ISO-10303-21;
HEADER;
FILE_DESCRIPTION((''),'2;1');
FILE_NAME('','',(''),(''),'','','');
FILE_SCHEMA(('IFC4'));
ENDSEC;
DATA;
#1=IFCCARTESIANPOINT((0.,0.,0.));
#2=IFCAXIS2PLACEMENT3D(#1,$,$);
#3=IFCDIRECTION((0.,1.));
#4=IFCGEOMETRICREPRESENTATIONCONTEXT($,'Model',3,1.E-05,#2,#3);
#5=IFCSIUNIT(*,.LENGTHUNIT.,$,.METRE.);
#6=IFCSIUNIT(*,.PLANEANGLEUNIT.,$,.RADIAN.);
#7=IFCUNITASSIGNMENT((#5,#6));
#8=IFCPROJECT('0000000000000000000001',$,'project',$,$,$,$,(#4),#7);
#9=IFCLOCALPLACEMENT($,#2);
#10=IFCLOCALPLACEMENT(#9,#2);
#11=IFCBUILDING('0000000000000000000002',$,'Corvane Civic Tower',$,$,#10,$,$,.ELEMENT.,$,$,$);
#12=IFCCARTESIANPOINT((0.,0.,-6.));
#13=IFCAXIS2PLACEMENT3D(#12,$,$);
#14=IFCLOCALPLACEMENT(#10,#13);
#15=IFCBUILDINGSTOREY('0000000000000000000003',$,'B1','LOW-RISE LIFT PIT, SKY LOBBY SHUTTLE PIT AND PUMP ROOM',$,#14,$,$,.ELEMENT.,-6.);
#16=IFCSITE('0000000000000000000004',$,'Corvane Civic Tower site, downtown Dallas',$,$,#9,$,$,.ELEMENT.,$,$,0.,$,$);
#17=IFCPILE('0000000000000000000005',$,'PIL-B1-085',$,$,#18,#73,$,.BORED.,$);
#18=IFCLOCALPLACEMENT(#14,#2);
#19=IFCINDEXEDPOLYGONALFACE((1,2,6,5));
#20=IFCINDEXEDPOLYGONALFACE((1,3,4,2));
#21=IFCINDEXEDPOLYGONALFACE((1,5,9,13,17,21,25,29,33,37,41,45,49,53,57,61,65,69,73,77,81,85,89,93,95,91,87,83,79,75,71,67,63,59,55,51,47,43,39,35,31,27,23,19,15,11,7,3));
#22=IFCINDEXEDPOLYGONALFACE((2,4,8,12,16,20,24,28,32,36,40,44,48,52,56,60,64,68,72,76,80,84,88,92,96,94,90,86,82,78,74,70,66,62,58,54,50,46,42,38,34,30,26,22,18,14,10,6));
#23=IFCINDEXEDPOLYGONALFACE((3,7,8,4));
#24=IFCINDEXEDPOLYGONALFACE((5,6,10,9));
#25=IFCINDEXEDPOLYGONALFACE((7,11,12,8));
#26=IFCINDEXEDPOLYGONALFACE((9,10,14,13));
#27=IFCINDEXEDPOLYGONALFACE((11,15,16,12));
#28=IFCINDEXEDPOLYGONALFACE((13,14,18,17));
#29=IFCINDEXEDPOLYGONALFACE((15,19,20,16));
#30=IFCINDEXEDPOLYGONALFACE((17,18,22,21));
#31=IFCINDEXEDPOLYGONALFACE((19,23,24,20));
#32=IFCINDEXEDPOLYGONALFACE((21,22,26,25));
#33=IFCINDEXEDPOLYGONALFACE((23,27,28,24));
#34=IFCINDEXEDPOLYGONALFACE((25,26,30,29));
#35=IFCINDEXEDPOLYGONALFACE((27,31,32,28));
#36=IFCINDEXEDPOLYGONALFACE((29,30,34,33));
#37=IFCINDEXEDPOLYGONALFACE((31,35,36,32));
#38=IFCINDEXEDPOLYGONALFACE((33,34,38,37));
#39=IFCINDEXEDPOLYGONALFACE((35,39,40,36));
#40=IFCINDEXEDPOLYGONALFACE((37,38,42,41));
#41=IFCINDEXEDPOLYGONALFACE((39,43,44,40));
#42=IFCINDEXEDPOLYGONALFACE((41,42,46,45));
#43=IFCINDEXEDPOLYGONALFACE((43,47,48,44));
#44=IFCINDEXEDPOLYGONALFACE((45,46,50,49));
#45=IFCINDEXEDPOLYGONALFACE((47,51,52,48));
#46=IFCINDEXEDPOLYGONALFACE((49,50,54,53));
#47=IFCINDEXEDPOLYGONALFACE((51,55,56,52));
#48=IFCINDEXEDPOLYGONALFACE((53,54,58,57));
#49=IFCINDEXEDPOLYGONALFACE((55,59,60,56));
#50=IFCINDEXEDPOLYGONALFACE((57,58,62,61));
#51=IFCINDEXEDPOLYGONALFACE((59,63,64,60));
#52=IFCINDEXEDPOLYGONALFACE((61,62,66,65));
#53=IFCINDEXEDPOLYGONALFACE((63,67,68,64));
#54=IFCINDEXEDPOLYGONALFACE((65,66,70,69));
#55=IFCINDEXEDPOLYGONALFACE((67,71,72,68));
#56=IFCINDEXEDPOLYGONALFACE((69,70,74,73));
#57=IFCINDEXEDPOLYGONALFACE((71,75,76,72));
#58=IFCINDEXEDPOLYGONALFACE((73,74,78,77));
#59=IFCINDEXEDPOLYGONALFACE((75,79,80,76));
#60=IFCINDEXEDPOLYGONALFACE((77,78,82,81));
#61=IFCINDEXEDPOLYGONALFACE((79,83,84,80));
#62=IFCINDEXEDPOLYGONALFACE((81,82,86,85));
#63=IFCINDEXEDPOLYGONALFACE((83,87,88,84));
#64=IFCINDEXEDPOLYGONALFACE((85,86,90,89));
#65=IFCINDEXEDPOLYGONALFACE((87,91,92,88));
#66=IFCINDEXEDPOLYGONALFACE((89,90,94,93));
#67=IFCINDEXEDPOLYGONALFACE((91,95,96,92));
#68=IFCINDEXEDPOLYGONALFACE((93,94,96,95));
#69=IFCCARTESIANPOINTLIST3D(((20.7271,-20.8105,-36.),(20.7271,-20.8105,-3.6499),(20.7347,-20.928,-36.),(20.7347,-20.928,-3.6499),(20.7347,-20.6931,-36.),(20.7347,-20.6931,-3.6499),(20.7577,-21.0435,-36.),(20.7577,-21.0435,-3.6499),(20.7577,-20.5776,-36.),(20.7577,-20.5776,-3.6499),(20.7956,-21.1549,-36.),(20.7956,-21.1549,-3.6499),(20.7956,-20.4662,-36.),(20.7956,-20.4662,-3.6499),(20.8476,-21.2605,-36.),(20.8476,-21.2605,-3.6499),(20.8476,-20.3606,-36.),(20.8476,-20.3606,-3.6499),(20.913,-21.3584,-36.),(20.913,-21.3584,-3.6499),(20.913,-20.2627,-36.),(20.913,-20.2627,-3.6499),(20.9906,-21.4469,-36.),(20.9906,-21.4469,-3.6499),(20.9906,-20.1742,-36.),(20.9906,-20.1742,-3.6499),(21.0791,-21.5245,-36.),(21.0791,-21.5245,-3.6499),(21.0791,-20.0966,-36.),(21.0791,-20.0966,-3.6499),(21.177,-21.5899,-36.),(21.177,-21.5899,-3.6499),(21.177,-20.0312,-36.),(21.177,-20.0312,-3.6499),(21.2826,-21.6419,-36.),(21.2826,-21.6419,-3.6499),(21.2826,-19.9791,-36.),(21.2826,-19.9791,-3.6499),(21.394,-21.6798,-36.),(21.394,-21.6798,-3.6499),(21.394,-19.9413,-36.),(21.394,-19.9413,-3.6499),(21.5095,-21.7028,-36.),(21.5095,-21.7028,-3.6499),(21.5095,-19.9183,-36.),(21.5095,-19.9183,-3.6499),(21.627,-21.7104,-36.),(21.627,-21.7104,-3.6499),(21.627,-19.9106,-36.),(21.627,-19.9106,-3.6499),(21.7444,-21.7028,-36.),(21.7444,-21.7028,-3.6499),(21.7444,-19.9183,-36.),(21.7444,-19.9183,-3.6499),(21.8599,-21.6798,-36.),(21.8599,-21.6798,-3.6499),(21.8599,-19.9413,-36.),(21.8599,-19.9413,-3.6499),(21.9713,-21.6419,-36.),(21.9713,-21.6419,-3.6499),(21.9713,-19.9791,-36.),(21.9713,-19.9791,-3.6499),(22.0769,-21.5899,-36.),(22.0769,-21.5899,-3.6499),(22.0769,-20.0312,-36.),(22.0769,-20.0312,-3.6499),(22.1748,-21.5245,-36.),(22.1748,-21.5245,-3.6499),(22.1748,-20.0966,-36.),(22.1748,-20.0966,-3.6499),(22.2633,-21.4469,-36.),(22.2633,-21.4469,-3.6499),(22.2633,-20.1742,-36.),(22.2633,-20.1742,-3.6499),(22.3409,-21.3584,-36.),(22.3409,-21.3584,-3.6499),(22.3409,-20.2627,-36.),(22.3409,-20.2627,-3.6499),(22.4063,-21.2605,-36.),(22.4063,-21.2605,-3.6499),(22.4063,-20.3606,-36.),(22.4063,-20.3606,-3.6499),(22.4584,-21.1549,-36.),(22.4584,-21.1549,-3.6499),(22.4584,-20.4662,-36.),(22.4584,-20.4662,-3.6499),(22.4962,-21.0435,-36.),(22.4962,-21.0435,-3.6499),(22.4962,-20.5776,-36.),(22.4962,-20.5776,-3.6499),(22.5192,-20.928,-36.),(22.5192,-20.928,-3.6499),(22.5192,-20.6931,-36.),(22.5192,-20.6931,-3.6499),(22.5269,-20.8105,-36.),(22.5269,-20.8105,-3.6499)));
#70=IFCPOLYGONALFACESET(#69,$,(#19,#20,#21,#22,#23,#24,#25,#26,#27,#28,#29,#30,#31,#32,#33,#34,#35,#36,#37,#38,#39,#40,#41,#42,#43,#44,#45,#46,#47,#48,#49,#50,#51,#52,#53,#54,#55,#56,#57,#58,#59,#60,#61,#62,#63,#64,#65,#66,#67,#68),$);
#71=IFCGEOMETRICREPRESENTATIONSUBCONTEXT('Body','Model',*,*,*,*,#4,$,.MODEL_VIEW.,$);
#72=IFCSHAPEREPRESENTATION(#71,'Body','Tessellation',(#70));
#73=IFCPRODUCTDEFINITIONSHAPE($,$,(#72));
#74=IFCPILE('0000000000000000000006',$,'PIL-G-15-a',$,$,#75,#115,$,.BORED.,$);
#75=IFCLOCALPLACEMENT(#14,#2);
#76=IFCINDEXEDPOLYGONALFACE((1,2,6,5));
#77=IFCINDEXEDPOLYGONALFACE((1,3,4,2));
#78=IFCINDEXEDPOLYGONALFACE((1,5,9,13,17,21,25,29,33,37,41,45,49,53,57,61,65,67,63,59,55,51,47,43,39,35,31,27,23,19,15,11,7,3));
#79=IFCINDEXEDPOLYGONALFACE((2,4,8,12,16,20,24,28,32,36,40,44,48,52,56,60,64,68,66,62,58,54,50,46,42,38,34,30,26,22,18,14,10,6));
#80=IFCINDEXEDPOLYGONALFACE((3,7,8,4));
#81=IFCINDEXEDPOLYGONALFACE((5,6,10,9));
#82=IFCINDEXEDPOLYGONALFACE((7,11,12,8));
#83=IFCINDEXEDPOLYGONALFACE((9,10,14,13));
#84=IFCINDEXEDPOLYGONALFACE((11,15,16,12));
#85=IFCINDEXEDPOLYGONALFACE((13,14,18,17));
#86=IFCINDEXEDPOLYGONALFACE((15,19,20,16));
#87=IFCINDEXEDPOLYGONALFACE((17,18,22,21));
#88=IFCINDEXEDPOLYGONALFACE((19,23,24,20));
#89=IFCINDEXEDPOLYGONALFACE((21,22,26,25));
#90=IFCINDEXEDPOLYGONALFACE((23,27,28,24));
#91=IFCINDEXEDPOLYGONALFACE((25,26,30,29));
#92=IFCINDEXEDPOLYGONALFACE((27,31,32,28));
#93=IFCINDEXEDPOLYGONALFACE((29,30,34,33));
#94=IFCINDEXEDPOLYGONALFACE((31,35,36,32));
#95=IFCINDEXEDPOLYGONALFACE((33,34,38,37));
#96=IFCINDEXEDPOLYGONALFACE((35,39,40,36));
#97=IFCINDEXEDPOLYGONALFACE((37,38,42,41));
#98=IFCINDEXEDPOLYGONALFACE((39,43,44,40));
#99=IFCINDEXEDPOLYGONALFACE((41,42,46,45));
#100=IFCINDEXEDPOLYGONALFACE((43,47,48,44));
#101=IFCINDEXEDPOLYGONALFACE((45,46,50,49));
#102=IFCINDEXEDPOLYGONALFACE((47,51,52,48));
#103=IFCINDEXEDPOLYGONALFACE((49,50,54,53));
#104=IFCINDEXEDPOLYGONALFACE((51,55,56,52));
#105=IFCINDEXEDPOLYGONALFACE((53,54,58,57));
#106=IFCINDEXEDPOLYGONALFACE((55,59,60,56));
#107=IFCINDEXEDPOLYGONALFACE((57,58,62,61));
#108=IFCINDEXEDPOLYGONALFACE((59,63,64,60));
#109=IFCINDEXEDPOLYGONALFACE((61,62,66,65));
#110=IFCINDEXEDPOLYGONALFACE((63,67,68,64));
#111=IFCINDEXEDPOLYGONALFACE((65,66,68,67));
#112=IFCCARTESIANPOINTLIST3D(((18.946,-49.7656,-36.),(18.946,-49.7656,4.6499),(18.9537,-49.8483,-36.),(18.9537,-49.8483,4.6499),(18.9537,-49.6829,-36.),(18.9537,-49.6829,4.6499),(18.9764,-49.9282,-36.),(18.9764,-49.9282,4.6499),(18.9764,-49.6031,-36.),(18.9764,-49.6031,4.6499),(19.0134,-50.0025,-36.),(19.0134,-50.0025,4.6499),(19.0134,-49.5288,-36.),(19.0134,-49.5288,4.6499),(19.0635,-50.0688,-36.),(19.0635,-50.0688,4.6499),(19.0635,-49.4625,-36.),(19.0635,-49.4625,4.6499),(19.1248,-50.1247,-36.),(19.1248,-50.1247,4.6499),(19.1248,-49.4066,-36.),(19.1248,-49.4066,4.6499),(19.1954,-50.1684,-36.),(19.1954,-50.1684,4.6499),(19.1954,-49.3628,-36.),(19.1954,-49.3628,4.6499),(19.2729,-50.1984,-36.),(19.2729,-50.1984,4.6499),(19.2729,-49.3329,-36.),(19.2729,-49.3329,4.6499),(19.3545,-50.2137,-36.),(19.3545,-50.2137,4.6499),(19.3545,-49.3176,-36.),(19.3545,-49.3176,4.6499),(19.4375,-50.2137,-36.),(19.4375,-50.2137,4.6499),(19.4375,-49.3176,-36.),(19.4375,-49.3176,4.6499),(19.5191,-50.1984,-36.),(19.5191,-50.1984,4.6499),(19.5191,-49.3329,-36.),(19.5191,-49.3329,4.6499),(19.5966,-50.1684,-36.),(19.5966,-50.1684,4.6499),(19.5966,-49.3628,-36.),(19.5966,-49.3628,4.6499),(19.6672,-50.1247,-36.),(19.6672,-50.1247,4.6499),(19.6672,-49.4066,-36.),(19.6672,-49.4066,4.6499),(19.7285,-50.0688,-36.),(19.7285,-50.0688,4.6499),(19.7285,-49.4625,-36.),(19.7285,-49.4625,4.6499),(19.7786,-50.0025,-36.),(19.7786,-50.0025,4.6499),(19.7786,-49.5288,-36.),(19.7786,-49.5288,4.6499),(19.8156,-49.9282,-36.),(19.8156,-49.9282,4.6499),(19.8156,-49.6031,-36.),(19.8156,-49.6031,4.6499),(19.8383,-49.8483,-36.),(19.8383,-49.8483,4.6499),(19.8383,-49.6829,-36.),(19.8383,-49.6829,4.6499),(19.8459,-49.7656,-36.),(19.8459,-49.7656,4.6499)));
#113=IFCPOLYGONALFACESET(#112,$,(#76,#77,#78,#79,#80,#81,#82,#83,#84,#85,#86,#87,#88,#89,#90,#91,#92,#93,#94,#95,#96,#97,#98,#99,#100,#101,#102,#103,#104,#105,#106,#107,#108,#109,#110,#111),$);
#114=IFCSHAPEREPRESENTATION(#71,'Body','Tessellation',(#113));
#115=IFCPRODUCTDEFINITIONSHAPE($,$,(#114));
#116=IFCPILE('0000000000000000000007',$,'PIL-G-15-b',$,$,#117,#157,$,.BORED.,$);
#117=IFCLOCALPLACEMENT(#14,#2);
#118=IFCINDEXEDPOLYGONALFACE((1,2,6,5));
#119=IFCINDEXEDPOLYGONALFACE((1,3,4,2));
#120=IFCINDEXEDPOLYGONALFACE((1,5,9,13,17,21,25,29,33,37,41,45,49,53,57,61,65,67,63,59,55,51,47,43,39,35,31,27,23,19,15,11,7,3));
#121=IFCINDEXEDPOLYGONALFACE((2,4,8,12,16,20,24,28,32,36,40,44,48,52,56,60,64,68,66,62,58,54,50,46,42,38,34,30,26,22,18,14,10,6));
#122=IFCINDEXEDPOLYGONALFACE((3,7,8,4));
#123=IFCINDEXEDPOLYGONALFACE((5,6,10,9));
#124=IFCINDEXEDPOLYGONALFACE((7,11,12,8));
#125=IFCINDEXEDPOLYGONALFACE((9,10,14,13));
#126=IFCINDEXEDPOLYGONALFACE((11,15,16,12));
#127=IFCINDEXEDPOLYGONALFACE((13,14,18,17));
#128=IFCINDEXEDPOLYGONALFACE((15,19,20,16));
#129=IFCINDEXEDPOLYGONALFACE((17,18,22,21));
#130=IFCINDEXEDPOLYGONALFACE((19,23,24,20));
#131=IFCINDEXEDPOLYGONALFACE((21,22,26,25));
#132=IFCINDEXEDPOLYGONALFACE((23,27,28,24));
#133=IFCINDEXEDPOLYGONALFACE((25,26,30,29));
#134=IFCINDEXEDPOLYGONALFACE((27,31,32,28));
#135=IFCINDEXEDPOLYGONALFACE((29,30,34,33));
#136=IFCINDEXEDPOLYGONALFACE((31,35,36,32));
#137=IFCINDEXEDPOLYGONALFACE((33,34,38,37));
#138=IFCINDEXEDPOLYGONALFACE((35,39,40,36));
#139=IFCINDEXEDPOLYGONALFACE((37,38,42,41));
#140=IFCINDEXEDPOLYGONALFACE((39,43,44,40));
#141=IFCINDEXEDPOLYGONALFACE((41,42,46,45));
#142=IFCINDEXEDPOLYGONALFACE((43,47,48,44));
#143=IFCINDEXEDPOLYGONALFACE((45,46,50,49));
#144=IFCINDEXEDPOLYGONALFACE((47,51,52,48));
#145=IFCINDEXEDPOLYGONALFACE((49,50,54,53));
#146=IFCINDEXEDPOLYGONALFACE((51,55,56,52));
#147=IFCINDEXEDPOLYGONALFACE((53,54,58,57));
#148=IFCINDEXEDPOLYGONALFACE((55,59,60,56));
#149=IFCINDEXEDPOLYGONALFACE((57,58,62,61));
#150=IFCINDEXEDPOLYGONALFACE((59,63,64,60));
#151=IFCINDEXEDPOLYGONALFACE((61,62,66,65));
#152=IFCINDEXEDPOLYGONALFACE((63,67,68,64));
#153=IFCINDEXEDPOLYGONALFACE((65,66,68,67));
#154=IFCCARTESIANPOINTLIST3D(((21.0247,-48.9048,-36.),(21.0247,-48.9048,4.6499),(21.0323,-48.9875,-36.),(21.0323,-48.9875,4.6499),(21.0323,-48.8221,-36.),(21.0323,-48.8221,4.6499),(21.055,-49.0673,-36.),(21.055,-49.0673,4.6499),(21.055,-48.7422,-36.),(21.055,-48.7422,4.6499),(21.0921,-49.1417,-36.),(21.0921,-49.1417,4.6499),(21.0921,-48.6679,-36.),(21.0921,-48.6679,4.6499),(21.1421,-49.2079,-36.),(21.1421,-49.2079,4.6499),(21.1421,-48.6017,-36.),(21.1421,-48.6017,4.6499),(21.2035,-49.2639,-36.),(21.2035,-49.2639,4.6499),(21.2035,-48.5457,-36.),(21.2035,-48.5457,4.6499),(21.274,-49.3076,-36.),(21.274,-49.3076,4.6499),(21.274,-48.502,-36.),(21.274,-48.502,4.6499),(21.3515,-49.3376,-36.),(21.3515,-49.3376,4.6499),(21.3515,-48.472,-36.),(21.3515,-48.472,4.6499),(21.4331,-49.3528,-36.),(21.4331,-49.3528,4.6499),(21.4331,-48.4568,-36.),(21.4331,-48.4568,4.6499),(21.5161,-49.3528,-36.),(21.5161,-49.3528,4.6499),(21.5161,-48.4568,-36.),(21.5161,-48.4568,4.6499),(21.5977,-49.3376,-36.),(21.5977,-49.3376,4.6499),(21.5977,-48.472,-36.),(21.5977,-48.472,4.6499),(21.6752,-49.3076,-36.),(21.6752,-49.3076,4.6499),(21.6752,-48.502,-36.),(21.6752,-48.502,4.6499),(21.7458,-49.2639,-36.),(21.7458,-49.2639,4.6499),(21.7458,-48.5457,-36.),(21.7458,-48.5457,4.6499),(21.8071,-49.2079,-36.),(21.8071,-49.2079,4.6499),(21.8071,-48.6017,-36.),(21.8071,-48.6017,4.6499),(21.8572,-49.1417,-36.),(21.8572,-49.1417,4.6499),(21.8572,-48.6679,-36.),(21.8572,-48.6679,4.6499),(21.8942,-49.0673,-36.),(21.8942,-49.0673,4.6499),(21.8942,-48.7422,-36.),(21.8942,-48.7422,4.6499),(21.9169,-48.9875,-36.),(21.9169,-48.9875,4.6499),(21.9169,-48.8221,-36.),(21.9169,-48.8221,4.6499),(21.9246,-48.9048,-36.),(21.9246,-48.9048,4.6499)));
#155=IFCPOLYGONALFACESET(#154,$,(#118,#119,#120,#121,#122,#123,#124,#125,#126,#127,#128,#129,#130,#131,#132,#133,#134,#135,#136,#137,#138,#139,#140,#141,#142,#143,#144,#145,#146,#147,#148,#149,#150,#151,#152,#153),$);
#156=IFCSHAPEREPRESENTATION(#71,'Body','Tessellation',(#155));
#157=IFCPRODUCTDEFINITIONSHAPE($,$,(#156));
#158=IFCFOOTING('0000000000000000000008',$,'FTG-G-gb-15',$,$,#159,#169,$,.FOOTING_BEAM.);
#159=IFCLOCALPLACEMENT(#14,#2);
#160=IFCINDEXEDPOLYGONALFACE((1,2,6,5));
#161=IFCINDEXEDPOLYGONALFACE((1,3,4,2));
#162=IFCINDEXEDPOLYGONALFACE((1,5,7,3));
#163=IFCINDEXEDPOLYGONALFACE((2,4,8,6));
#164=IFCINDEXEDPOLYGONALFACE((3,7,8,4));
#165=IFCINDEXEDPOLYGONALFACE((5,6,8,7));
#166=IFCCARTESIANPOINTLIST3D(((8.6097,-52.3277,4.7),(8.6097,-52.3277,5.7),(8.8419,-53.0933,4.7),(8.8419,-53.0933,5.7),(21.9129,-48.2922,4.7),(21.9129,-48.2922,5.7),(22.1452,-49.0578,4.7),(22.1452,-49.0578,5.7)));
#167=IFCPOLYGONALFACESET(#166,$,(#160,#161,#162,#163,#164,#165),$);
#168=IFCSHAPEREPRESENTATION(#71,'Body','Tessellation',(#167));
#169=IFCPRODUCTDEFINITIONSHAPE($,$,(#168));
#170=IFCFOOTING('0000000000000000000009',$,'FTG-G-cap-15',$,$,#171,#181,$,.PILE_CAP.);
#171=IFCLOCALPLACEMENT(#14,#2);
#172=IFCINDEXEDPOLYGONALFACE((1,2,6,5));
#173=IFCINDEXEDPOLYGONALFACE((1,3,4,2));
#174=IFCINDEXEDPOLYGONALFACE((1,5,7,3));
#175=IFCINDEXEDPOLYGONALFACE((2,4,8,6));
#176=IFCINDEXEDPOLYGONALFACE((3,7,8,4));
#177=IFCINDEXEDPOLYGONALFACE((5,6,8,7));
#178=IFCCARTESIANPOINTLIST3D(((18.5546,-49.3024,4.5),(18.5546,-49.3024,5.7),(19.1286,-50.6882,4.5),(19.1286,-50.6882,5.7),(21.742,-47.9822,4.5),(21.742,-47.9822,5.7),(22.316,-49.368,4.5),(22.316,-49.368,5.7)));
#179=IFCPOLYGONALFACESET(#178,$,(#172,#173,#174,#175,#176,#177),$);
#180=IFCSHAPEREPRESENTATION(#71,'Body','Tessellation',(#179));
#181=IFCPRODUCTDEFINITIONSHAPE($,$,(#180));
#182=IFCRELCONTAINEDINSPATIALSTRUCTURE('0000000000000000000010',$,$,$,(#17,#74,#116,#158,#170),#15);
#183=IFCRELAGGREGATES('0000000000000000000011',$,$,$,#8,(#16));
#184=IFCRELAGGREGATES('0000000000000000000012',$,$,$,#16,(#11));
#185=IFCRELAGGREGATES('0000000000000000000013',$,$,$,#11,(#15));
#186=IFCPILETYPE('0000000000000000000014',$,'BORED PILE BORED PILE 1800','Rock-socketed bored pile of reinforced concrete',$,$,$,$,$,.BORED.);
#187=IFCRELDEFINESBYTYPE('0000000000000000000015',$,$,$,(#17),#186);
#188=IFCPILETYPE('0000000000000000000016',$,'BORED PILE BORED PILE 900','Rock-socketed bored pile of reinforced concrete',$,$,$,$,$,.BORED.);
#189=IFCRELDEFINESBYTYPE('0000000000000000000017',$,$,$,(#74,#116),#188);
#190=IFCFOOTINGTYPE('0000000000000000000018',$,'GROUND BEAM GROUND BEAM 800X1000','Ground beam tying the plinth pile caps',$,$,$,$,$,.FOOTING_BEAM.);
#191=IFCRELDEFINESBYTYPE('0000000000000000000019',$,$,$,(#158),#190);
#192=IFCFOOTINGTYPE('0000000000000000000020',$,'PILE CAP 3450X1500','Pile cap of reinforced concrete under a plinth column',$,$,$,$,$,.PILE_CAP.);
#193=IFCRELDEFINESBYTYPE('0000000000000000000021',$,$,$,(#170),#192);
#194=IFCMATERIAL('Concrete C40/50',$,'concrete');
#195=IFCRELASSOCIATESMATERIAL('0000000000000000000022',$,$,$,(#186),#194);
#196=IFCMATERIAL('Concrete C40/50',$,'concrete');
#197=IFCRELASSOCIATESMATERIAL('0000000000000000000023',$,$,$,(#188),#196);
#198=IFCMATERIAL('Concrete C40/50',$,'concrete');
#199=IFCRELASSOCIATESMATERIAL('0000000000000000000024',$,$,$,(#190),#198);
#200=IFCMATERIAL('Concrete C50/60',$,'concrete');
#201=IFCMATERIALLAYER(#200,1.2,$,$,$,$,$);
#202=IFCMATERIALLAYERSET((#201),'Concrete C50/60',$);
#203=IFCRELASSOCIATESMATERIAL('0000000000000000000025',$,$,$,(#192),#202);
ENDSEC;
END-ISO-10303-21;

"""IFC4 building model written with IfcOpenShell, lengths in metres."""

from ifc_helpers import new_model, si_unit, direction, frame, origin, origin_2d, place, context, subcontext, project, spatial, rectangle, circle, extrude, material, layer, layer_set, material_profile, profile_set, type_object, element, save


model = new_model("IFC4")

# Units and contexts
model_context = context("Model", 3, precision=1e-05, world=origin(), true_north=direction((0.0, 1.0)))
body_context = subcontext(model_context, "Body", "Model", "MODEL_VIEW")
ifc_project = project(units=[si_unit("LENGTHUNIT", "METRE"), si_unit("PLANEANGLEUNIT", "RADIAN")], contexts=[model_context])

# Site, building, storey
site_placement = place(None, origin())
site = spatial("IfcSite", under=ifc_project, at=site_placement, Name="Corvane Civic Tower site, downtown Dallas", CompositionType="ELEMENT", RefElevation=0.0)
building_placement = place(site_placement, origin())
building = spatial("IfcBuilding", under=site, at=building_placement, Name="Corvane Civic Tower", CompositionType="ELEMENT")
storey_placement = place(building_placement, frame((0.0, 0.0, -6.0)))
storey = spatial("IfcBuildingStorey", under=building, at=storey_placement, Name="B1", Description="LOW-RISE LIFT PIT, SKY LOBBY SHUTTLE PIT AND PUMP ROOM", CompositionType="ELEMENT", Elevation=-6.0)

# Piles
ifc_material_1 = material(Name="Concrete C40/50", Category="concrete")
ifc_material_profile_1 = material_profile(ifc_material_1, circle(Radius=0.8999, at=origin_2d()), Name="BORED PILE 1800")
ifc_profile_set_1 = profile_set([ifc_material_profile_1], Name="Concrete C40/50")
pile_type_1 = type_object("IfcPileType", Name="BORED PILE BORED PILE 1800", Description="Rock-socketed bored pile of reinforced concrete", PredefinedType="BORED", material=ifc_profile_set_1)
for number, where, z_axis, x_axis, name in (
    (1, (21.627, -20.8105, -3.6499), (0.0, 0.0, -1.0), (1.0, 0.0, 0.0), "PIL-B1-085"),
):
    element("IfcPile", number, at=place(storey_placement, frame(where, z_axis=z_axis, x_axis=x_axis)), inside=storey, type_object=pile_type_1, Name=name, PredefinedType="BORED", context=body_context, shape_type="SweptSolid", body=[
        extrude(circle(Radius=0.8999, at=origin_2d()), origin(), (0.0, 0.0, 1.0), 32.3501),
    ])
ifc_material_2 = material(Name="Concrete C40/50", Category="concrete")
ifc_material_profile_2 = material_profile(ifc_material_2, circle(Radius=0.45, at=origin_2d()), Name="BORED PILE 900")
ifc_profile_set_2 = profile_set([ifc_material_profile_2], Name="Concrete C40/50")
pile_type_2 = type_object("IfcPileType", Name="BORED PILE BORED PILE 900", Description="Rock-socketed bored pile of reinforced concrete", PredefinedType="BORED", material=ifc_profile_set_2)
for number, where, z_axis, x_axis, name in (
    (2, (19.396, -49.7656, 4.6499), (0.0, 0.0, -1.0), (1.0, 0.0, 0.0), "PIL-G-15-a"),
    (3, (21.4746, -48.9048, 4.6499), (0.0, 0.0, -1.0), (1.0, 0.0, 0.0), "PIL-G-15-b"),
):
    element("IfcPile", number, at=place(storey_placement, frame(where, z_axis=z_axis, x_axis=x_axis)), inside=storey, type_object=pile_type_2, Name=name, PredefinedType="BORED", context=body_context, shape_type="SweptSolid", body=[
        extrude(circle(Radius=0.45, at=origin_2d()), origin(), (0.0, 0.0, 1.0), 40.6499),
    ])

# Footings
ifc_material_3 = material(Name="Concrete C40/50", Category="concrete")
ifc_material_profile_3 = material_profile(ifc_material_3, rectangle(XDim=0.8, YDim=1.0, at=origin_2d()), Name="GROUND BEAM 800X1000")
ifc_profile_set_3 = profile_set([ifc_material_profile_3], Name="Concrete C40/50")
footing_type_1 = type_object("IfcFootingType", Name="GROUND BEAM GROUND BEAM 800X1000", Description="Ground beam tying the plinth pile caps", PredefinedType="FOOTING_BEAM", material=ifc_profile_set_3)
footing_1_placement = place(storey_placement, frame((22.0291, -48.675, 5.2), z_axis=(-0.956942, -0.290279, 0.0), x_axis=(0.290279, -0.956942, 0.0)))
element("IfcFooting", 4, at=footing_1_placement, inside=storey, type_object=footing_type_1, Name="FTG-G-gb-15", PredefinedType="FOOTING_BEAM", context=body_context, shape_type="SweptSolid", body=[
    extrude(rectangle(XDim=0.8, YDim=1.0, at=origin_2d()), origin(), (0.0, 0.0, 1.0), 13.9019),
])
ifc_material_4 = material(Name="Concrete C50/60", Category="concrete")
ifc_layer_1 = layer(ifc_material_4, 1.2)
ifc_layer_set_1 = layer_set([ifc_layer_1], Name="Concrete C50/60")
footing_type_2 = type_object("IfcFootingType", Name="PILE CAP 3450X1500", Description="Pile cap of reinforced concrete under a plinth column", PredefinedType="PILE_CAP", material=ifc_layer_set_1)
footing_2_placement = place(storey_placement, frame((20.4353, -49.3352, 4.5), z_axis=(0.0, 0.0, 1.0), x_axis=(0.92388, 0.382683, 0.0)))
element("IfcFooting", 5, at=footing_2_placement, inside=storey, type_object=footing_type_2, Name="FTG-G-cap-15", PredefinedType="PILE_CAP", context=body_context, shape_type="SweptSolid", body=[
    extrude(rectangle(XDim=3.45, YDim=1.5, at=origin_2d()), origin(), (0.0, 0.0, 1.0), 1.2),
])

save(model, "model.ifc")
